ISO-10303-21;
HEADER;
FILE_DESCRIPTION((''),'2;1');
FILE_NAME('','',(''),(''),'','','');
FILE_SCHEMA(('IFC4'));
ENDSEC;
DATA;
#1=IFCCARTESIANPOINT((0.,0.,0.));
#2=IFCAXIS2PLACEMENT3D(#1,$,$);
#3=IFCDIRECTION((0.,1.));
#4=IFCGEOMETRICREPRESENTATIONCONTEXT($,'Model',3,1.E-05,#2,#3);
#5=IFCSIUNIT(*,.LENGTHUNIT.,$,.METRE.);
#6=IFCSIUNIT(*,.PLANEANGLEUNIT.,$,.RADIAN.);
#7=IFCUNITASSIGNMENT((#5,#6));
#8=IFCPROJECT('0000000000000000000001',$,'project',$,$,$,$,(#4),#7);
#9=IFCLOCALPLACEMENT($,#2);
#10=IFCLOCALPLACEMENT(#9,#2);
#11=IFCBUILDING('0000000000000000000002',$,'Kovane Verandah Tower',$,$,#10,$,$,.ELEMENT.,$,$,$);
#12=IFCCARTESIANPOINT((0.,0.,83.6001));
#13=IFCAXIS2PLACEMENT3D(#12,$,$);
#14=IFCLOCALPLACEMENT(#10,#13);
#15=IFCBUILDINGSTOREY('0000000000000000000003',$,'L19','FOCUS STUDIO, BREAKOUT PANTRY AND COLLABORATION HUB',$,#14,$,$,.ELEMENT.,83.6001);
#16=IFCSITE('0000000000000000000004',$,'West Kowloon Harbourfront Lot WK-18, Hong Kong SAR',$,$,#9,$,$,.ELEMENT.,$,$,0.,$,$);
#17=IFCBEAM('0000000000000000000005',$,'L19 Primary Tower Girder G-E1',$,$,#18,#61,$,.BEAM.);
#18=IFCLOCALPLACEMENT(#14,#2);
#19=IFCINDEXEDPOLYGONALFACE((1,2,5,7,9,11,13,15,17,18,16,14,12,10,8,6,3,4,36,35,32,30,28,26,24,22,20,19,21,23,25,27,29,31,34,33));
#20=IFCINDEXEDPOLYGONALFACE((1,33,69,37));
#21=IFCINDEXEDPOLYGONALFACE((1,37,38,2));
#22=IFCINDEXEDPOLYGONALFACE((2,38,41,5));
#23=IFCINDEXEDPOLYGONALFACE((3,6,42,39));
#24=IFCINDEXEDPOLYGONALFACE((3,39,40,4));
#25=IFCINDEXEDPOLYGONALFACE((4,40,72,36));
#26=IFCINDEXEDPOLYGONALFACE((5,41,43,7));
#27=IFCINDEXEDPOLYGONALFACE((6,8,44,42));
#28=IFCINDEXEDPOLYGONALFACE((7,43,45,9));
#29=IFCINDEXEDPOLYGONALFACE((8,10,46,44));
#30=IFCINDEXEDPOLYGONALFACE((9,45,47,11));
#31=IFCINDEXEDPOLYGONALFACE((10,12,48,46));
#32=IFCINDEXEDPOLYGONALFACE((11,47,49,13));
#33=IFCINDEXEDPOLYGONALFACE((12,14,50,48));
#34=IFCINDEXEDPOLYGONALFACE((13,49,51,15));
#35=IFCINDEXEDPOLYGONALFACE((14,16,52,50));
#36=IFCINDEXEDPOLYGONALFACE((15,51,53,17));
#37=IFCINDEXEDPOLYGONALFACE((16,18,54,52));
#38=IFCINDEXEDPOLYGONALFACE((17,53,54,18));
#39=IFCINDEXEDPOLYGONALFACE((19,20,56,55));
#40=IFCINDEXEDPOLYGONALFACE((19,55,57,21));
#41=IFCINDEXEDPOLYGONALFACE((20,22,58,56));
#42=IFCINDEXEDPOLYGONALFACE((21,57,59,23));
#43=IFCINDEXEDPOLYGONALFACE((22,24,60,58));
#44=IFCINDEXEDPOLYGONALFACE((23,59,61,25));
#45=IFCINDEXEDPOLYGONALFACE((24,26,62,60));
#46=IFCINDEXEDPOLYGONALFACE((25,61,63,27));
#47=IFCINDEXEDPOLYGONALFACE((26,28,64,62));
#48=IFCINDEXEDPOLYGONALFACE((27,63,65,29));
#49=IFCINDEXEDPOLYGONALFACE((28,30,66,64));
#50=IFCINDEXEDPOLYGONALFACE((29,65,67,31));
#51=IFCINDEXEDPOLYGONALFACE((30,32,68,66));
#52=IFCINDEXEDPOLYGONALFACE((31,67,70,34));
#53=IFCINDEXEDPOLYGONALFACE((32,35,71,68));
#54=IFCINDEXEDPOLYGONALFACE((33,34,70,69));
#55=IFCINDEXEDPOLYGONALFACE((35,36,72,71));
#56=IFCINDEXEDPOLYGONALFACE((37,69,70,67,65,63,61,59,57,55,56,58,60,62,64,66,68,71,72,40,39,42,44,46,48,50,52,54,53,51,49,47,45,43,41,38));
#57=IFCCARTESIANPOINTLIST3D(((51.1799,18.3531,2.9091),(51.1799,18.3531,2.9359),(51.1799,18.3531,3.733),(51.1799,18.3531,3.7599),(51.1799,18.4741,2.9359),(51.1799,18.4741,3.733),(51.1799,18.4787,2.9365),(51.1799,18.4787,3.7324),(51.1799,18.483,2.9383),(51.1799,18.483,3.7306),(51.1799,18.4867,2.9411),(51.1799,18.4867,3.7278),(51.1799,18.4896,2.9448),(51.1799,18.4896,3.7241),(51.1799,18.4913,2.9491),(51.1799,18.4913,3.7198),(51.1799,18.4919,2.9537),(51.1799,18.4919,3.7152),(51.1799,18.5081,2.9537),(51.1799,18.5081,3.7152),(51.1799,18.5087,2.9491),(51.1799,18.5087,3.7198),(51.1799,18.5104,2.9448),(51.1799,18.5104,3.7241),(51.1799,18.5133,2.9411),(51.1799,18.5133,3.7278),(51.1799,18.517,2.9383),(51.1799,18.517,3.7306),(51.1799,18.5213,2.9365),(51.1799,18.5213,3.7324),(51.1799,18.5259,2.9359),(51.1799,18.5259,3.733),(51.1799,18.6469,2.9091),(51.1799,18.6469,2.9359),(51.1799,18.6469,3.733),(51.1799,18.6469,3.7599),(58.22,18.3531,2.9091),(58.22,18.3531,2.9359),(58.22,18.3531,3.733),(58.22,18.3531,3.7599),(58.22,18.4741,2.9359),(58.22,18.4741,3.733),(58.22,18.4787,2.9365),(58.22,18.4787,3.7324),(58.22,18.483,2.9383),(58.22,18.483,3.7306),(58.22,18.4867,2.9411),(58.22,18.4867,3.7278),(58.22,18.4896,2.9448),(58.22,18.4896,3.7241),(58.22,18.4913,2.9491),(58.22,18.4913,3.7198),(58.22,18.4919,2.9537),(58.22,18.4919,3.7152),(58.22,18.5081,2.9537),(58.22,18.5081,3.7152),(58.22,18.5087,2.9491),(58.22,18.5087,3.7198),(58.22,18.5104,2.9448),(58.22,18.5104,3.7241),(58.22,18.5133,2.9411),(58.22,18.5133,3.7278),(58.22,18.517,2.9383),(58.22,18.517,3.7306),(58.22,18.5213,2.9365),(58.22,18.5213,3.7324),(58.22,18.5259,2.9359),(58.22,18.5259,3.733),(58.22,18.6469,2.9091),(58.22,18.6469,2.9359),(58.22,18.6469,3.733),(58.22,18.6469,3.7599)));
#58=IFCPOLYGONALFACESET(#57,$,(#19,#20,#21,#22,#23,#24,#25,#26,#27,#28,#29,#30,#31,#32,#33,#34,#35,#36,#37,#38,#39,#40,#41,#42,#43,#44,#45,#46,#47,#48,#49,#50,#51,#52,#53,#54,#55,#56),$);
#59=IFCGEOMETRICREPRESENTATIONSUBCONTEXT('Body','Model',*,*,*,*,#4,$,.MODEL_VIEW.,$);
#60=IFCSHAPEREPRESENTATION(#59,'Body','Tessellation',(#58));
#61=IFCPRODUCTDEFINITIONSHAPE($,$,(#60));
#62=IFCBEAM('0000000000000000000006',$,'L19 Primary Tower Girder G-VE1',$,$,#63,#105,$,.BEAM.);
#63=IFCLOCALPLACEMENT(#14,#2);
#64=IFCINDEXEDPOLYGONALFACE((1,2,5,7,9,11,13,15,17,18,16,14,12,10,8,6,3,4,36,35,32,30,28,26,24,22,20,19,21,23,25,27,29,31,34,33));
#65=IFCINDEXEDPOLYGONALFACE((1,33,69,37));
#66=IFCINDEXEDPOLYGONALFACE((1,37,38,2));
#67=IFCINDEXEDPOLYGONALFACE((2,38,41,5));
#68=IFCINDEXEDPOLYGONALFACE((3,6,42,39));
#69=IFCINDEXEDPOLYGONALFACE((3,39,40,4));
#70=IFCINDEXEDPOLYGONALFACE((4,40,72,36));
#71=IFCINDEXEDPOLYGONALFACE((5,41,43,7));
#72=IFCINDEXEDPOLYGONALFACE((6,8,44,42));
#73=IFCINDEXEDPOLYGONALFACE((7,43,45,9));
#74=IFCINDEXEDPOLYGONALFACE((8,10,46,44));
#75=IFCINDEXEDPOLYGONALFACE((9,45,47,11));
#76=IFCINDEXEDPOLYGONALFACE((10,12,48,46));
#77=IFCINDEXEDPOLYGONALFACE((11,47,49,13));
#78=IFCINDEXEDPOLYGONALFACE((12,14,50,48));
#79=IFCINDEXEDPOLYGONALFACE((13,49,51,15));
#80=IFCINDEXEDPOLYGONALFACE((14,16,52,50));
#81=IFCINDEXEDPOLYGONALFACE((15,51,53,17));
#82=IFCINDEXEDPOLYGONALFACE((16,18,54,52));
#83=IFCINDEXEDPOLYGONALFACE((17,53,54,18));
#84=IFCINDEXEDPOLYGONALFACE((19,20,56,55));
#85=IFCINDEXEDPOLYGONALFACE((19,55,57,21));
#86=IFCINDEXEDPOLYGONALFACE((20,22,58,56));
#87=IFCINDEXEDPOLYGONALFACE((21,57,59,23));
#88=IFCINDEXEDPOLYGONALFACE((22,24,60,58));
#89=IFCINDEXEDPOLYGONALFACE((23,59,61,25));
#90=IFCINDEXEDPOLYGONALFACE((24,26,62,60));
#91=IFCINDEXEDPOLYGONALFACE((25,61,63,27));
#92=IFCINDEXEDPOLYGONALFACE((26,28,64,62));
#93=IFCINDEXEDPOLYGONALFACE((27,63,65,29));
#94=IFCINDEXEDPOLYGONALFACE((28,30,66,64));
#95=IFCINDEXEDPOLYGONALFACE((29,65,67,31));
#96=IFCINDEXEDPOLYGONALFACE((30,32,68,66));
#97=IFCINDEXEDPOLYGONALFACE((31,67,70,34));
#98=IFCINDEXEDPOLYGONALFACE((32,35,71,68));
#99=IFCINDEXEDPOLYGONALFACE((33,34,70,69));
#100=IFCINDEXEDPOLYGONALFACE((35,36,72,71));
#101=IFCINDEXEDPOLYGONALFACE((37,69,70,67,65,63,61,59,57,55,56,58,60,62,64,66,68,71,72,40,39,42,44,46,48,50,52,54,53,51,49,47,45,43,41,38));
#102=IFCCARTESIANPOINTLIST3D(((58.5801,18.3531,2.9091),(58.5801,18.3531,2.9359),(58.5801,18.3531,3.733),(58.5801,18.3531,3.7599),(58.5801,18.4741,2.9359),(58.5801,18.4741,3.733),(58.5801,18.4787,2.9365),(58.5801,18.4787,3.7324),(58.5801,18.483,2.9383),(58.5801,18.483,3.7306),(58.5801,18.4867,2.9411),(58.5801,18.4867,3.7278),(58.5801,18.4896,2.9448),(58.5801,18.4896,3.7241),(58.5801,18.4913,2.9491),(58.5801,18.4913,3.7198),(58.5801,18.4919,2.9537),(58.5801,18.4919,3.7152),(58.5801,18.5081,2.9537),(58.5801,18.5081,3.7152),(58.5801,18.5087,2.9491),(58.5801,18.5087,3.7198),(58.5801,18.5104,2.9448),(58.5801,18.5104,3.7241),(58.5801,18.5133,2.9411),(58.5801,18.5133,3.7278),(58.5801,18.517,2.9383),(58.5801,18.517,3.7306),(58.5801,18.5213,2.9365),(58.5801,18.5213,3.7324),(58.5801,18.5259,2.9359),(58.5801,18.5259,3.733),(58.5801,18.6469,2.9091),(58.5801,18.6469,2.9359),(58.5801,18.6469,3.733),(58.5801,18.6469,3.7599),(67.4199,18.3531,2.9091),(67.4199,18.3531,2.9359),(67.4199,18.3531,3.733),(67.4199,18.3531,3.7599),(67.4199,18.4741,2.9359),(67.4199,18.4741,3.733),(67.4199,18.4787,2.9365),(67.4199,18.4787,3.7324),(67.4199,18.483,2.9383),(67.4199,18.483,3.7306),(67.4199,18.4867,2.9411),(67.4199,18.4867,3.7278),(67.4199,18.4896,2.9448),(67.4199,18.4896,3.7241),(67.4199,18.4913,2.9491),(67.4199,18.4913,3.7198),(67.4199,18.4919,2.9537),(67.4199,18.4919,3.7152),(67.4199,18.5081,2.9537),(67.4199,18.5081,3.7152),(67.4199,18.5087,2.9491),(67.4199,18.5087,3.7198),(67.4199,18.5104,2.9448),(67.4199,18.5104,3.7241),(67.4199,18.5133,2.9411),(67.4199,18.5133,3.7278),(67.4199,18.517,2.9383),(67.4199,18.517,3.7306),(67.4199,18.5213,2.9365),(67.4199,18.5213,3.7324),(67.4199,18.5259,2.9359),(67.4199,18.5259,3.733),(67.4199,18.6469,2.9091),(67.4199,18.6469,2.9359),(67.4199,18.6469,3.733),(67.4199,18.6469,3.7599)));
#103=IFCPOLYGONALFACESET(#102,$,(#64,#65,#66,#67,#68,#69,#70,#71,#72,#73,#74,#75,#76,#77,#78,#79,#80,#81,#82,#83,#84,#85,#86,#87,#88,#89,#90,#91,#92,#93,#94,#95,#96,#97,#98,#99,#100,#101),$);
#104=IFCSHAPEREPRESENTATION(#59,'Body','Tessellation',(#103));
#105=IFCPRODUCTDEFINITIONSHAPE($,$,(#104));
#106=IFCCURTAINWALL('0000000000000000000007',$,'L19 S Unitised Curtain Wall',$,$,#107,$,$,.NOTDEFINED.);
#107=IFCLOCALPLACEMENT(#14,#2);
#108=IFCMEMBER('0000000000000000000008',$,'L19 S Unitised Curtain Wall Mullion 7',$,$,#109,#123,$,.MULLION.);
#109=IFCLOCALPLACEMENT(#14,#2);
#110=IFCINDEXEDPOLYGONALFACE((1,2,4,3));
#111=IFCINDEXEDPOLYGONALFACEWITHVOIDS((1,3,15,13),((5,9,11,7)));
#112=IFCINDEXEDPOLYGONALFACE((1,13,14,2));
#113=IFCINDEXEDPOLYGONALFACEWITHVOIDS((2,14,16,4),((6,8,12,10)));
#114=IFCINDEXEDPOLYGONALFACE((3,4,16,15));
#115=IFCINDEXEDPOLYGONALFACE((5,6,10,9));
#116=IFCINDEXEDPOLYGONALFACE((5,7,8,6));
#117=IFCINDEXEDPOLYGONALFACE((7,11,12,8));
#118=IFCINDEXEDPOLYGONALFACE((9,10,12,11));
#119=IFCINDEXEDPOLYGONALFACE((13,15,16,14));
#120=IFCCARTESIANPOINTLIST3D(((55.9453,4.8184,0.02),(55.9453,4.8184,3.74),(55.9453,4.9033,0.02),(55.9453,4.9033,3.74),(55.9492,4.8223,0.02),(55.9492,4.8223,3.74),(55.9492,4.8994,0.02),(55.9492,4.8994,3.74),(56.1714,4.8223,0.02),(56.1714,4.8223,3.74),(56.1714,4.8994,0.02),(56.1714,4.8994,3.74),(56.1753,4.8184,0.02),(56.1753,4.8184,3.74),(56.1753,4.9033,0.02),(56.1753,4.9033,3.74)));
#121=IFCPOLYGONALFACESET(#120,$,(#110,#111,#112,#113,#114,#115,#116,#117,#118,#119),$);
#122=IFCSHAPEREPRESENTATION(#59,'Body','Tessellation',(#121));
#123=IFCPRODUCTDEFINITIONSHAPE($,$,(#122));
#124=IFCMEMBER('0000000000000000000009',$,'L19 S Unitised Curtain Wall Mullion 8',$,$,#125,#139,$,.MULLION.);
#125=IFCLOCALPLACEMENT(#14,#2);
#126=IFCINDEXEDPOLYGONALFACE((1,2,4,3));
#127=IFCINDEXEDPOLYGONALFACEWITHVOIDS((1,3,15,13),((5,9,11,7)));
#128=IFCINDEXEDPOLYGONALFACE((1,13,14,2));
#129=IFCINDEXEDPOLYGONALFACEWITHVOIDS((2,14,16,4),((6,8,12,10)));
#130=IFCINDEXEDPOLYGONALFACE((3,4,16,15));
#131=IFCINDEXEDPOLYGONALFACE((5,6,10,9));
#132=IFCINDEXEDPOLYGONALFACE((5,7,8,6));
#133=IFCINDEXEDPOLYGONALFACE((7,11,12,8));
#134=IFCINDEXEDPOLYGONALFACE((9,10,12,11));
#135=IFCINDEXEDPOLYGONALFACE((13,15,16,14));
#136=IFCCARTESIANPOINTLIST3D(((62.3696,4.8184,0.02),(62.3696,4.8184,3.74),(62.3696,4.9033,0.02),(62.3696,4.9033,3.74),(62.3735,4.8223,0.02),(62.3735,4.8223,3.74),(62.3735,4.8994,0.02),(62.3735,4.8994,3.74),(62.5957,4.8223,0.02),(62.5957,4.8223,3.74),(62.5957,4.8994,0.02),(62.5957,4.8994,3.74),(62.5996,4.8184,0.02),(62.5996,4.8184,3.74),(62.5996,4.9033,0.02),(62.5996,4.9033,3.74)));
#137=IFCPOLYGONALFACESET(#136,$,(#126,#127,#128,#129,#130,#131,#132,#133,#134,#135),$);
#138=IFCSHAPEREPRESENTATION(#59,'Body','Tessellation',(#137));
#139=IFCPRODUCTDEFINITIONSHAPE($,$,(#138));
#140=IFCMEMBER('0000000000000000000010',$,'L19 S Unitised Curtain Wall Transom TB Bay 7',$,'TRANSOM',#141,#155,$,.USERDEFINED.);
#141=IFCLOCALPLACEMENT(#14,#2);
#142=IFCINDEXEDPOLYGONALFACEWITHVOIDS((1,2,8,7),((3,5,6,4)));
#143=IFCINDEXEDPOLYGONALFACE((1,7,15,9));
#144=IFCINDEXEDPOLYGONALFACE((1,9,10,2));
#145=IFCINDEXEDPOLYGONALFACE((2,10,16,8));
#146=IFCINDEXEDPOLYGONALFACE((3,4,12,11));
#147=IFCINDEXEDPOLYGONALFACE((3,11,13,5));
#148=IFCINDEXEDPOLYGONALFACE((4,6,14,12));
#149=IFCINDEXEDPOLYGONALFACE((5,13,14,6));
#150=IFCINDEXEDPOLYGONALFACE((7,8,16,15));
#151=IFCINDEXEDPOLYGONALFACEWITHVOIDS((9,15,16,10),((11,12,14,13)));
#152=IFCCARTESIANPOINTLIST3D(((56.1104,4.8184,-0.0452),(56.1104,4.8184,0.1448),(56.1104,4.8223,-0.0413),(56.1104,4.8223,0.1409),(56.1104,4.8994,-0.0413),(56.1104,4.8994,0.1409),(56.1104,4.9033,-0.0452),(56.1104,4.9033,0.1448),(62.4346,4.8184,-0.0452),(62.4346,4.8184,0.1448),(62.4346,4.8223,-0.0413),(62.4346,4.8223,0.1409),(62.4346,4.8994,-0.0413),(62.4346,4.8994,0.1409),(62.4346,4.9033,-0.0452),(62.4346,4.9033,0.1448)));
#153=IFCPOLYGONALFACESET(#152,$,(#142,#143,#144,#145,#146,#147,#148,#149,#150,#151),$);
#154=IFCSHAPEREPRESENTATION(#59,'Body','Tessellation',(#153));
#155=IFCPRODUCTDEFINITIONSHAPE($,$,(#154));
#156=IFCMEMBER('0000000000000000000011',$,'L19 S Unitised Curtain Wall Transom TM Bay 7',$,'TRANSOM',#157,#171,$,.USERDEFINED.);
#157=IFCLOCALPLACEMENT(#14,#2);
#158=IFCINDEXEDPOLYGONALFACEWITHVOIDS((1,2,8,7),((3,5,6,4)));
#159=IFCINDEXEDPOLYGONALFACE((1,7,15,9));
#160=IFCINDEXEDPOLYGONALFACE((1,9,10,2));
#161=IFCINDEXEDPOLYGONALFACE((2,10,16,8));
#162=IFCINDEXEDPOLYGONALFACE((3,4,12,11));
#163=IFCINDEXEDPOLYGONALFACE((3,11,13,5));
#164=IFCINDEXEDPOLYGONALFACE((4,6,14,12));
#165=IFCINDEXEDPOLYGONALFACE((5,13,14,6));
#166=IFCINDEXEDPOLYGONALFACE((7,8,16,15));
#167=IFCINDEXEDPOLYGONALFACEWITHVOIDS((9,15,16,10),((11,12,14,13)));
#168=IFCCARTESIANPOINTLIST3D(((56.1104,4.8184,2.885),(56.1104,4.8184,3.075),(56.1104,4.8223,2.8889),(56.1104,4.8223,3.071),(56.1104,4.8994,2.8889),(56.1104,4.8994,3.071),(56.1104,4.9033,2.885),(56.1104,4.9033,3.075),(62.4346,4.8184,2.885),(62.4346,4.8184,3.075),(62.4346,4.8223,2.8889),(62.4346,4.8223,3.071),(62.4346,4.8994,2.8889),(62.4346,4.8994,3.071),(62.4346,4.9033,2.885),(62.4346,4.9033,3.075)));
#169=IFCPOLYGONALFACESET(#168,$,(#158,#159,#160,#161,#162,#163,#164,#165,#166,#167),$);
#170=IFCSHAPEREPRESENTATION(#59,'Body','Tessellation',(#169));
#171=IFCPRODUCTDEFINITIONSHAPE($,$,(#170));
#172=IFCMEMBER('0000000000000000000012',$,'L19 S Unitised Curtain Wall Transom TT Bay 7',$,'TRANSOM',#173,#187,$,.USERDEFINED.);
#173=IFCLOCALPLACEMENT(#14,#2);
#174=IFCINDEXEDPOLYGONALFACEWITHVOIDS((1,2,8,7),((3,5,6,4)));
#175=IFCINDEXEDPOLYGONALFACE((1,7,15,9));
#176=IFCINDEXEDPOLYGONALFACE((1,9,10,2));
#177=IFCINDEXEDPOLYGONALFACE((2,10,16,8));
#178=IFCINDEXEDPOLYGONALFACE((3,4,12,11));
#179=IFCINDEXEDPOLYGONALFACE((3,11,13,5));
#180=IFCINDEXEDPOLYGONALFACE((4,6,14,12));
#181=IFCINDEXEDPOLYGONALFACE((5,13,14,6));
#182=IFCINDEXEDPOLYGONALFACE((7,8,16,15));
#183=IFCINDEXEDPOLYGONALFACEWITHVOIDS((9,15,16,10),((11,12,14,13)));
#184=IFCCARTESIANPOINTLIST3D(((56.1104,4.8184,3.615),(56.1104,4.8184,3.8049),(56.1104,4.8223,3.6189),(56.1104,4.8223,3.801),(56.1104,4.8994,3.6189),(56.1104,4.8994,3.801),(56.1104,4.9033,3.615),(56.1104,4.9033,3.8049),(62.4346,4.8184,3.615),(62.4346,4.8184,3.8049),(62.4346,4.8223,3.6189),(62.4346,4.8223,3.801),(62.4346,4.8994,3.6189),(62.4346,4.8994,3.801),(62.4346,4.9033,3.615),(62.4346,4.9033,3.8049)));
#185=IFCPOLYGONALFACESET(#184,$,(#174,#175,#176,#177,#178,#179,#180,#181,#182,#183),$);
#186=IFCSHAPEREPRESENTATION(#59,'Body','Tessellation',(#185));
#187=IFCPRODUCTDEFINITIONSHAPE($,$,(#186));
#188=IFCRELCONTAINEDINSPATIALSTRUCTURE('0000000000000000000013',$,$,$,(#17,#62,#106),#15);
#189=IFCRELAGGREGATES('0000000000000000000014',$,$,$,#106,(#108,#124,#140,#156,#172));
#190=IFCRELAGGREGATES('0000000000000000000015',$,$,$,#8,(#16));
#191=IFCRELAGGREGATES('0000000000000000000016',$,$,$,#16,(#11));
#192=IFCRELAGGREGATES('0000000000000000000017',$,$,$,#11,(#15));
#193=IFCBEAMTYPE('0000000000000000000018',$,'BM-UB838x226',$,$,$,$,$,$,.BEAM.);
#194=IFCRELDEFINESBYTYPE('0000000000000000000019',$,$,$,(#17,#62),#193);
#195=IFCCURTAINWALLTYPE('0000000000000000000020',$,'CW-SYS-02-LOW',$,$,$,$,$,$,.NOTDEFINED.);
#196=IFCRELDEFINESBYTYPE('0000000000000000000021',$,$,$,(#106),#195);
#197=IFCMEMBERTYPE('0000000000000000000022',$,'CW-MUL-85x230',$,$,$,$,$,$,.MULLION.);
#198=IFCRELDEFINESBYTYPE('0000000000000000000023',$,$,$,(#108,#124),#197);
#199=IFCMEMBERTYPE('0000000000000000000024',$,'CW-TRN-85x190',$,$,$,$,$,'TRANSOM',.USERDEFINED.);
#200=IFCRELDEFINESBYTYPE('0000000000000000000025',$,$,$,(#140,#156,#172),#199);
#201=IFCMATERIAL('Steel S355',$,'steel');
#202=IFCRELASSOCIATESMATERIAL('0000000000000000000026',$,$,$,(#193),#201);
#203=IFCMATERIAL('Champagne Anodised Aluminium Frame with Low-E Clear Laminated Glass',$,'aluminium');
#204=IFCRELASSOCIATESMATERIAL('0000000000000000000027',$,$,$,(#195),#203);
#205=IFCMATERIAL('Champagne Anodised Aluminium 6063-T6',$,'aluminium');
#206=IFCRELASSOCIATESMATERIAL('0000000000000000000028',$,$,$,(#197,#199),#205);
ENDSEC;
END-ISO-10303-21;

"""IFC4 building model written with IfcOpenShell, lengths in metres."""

from ifc_helpers import new_model, si_unit, direction, frame, origin, origin_2d, place, context, subcontext, project, spatial, hollow_rectangle, i_section, extrude, material, material_profile, profile_set, type_object, element, aggregate, save


model = new_model("IFC4")

# Units and contexts
model_context = context("Model", 3, precision=1e-05, world=origin(), true_north=direction((0.0, 1.0)))
body_context = subcontext(model_context, "Body", "Model", "MODEL_VIEW")
ifc_project = project(units=[si_unit("LENGTHUNIT", "METRE"), si_unit("PLANEANGLEUNIT", "RADIAN")], contexts=[model_context])

# Site, building, storey
site_placement = place(None, origin())
site = spatial("IfcSite", under=ifc_project, at=site_placement, Name="West Kowloon Harbourfront Lot WK-18, Hong Kong SAR", CompositionType="ELEMENT", RefElevation=0.0)
building_placement = place(site_placement, origin())
building = spatial("IfcBuilding", under=site, at=building_placement, Name="Kovane Verandah Tower", CompositionType="ELEMENT")
storey_placement = place(building_placement, frame((0.0, 0.0, 83.6001)))
storey = spatial("IfcBuildingStorey", under=building, at=storey_placement, Name="L19", Description="FOCUS STUDIO, BREAKOUT PANTRY AND COLLABORATION HUB", CompositionType="ELEMENT", Elevation=83.6001)

# Beams
ifc_material_1 = material(Name="Steel S355", Category="steel")
ifc_material_profile_1 = material_profile(ifc_material_1, i_section(OverallWidth=0.2937, OverallDepth=0.8508, WebThickness=0.0161, FlangeThickness=0.0269, FilletRadius=0.0178, at=origin_2d()), Name="UB838x292x226")
ifc_profile_set_1 = profile_set([ifc_material_profile_1], Name="Steel S355")
beam_type_1 = type_object("IfcBeamType", Name="BM-UB838x226", PredefinedType="BEAM", material=ifc_profile_set_1)
beam_1_placement = place(storey_placement, frame((51.1799, 18.5, 3.3345), z_axis=(1.0, 0.0, 0.0), x_axis=(0.0, 1.0, 0.0)))
element("IfcBeam", 1, at=beam_1_placement, inside=storey, type_object=beam_type_1, Name="L19 Primary Tower Girder G-E1", PredefinedType="BEAM", context=body_context, shape_type="SweptSolid", body=[
    extrude(i_section(OverallWidth=0.2937, OverallDepth=0.8508, WebThickness=0.0161, FlangeThickness=0.0269, FilletRadius=0.0178, at=origin_2d()), origin(), (0.0, 0.0, 1.0), 7.04),
])
beam_2_placement = place(storey_placement, frame((58.5801, 18.5, 3.3345), z_axis=(1.0, 0.0, 0.0), x_axis=(0.0, 1.0, 0.0)))
element("IfcBeam", 2, at=beam_2_placement, inside=storey, type_object=beam_type_1, Name="L19 Primary Tower Girder G-VE1", PredefinedType="BEAM", context=body_context, shape_type="SweptSolid", body=[
    extrude(i_section(OverallWidth=0.2937, OverallDepth=0.8508, WebThickness=0.0161, FlangeThickness=0.0269, FilletRadius=0.0178, at=origin_2d()), origin(), (0.0, 0.0, 1.0), 8.8398),
])

# Curtain wall, members
ifc_material_2 = material(Name="Champagne Anodised Aluminium Frame with Low-E Clear Laminated Glass", Category="aluminium")
curtain_wall_type = type_object("IfcCurtainWallType", Name="CW-SYS-02-LOW", PredefinedType="NOTDEFINED", material=ifc_material_2)
curtain_wall_placement = place(storey_placement, origin())
curtain_wall = element("IfcCurtainWall", 3, at=curtain_wall_placement, inside=storey, type_object=curtain_wall_type, Name="L19 S Unitised Curtain Wall", PredefinedType="NOTDEFINED")
ifc_material_3 = material(Name="Champagne Anodised Aluminium 6063-T6", Category="aluminium")
ifc_material_profile_2 = material_profile(ifc_material_3, hollow_rectangle(XDim=0.085, YDim=0.23, WallThickness=0.0039, at=origin_2d()), Name="AL85x230x4")
ifc_profile_set_2 = profile_set([ifc_material_profile_2], Name="Champagne Anodised Aluminium 6063-T6")
member_type_1 = type_object("IfcMemberType", Name="CW-MUL-85x230", PredefinedType="MULLION", material=ifc_profile_set_2)
member_1_placement = place(storey_placement, frame((56.0603, 4.8608, 0.02), z_axis=(0.0, 0.0, 1.0), x_axis=(0.0, -1.0, 0.0)))
member_1 = element("IfcMember", 4, at=member_1_placement, type_object=member_type_1, Name="L19 S Unitised Curtain Wall Mullion 7", PredefinedType="MULLION", context=body_context, shape_type="SweptSolid", body=[
    extrude(hollow_rectangle(XDim=0.085, YDim=0.23, WallThickness=0.0039, at=origin_2d()), origin(), (0.0, 0.0, 1.0), 3.72),
])
member_2_placement = place(storey_placement, frame((62.4846, 4.8608, 0.02), z_axis=(0.0, 0.0, 1.0), x_axis=(0.0, -1.0, 0.0)))
member_2 = element("IfcMember", 5, at=member_2_placement, type_object=member_type_1, Name="L19 S Unitised Curtain Wall Mullion 8", PredefinedType="MULLION", context=body_context, shape_type="SweptSolid", body=[
    extrude(hollow_rectangle(XDim=0.085, YDim=0.23, WallThickness=0.0039, at=origin_2d()), origin(), (0.0, 0.0, 1.0), 3.72),
])
ifc_material_profile_3 = material_profile(ifc_material_3, hollow_rectangle(XDim=0.085, YDim=0.1899, WallThickness=0.0039, at=origin_2d()), Name="AL85x190x4")
ifc_profile_set_3 = profile_set([ifc_material_profile_3], Name="Champagne Anodised Aluminium 6063-T6")
member_type_2 = type_object("IfcMemberType", Name="CW-TRN-85x190", ElementType="TRANSOM", PredefinedType="USERDEFINED", material=ifc_profile_set_3)
member_3_placement = place(storey_placement, frame((56.1104, 4.8608, 0.0498), z_axis=(1.0, 0.0, 0.0), x_axis=(0.0, 1.0, 0.0)))
member_3 = element("IfcMember", 6, at=member_3_placement, type_object=member_type_2, Name="L19 S Unitised Curtain Wall Transom TB Bay 7", ObjectType="TRANSOM", PredefinedType="USERDEFINED", context=body_context, shape_type="SweptSolid", body=[
    extrude(hollow_rectangle(XDim=0.085, YDim=0.1899, WallThickness=0.0039, at=origin_2d()), origin(), (0.0, 0.0, 1.0), 6.3242),
])
member_4_placement = place(storey_placement, frame((56.1104, 4.8608, 2.98), z_axis=(1.0, 0.0, 0.0), x_axis=(0.0, 1.0, 0.0)))
member_4 = element("IfcMember", 7, at=member_4_placement, type_object=member_type_2, Name="L19 S Unitised Curtain Wall Transom TM Bay 7", ObjectType="TRANSOM", PredefinedType="USERDEFINED", context=body_context, shape_type="SweptSolid", body=[
    extrude(hollow_rectangle(XDim=0.085, YDim=0.1899, WallThickness=0.0039, at=origin_2d()), origin(), (0.0, 0.0, 1.0), 6.3242),
])
member_5_placement = place(storey_placement, frame((56.1104, 4.8608, 3.71), z_axis=(1.0, 0.0, 0.0), x_axis=(0.0, 1.0, 0.0)))
member_5 = element("IfcMember", 8, at=member_5_placement, type_object=member_type_2, Name="L19 S Unitised Curtain Wall Transom TT Bay 7", ObjectType="TRANSOM", PredefinedType="USERDEFINED", context=body_context, shape_type="SweptSolid", body=[
    extrude(hollow_rectangle(XDim=0.085, YDim=0.1899, WallThickness=0.0039, at=origin_2d()), origin(), (0.0, 0.0, 1.0), 6.3242),
])

aggregate(curtain_wall, [member_1, member_2, member_3, member_4, member_5])

save(model, "model.ifc")
